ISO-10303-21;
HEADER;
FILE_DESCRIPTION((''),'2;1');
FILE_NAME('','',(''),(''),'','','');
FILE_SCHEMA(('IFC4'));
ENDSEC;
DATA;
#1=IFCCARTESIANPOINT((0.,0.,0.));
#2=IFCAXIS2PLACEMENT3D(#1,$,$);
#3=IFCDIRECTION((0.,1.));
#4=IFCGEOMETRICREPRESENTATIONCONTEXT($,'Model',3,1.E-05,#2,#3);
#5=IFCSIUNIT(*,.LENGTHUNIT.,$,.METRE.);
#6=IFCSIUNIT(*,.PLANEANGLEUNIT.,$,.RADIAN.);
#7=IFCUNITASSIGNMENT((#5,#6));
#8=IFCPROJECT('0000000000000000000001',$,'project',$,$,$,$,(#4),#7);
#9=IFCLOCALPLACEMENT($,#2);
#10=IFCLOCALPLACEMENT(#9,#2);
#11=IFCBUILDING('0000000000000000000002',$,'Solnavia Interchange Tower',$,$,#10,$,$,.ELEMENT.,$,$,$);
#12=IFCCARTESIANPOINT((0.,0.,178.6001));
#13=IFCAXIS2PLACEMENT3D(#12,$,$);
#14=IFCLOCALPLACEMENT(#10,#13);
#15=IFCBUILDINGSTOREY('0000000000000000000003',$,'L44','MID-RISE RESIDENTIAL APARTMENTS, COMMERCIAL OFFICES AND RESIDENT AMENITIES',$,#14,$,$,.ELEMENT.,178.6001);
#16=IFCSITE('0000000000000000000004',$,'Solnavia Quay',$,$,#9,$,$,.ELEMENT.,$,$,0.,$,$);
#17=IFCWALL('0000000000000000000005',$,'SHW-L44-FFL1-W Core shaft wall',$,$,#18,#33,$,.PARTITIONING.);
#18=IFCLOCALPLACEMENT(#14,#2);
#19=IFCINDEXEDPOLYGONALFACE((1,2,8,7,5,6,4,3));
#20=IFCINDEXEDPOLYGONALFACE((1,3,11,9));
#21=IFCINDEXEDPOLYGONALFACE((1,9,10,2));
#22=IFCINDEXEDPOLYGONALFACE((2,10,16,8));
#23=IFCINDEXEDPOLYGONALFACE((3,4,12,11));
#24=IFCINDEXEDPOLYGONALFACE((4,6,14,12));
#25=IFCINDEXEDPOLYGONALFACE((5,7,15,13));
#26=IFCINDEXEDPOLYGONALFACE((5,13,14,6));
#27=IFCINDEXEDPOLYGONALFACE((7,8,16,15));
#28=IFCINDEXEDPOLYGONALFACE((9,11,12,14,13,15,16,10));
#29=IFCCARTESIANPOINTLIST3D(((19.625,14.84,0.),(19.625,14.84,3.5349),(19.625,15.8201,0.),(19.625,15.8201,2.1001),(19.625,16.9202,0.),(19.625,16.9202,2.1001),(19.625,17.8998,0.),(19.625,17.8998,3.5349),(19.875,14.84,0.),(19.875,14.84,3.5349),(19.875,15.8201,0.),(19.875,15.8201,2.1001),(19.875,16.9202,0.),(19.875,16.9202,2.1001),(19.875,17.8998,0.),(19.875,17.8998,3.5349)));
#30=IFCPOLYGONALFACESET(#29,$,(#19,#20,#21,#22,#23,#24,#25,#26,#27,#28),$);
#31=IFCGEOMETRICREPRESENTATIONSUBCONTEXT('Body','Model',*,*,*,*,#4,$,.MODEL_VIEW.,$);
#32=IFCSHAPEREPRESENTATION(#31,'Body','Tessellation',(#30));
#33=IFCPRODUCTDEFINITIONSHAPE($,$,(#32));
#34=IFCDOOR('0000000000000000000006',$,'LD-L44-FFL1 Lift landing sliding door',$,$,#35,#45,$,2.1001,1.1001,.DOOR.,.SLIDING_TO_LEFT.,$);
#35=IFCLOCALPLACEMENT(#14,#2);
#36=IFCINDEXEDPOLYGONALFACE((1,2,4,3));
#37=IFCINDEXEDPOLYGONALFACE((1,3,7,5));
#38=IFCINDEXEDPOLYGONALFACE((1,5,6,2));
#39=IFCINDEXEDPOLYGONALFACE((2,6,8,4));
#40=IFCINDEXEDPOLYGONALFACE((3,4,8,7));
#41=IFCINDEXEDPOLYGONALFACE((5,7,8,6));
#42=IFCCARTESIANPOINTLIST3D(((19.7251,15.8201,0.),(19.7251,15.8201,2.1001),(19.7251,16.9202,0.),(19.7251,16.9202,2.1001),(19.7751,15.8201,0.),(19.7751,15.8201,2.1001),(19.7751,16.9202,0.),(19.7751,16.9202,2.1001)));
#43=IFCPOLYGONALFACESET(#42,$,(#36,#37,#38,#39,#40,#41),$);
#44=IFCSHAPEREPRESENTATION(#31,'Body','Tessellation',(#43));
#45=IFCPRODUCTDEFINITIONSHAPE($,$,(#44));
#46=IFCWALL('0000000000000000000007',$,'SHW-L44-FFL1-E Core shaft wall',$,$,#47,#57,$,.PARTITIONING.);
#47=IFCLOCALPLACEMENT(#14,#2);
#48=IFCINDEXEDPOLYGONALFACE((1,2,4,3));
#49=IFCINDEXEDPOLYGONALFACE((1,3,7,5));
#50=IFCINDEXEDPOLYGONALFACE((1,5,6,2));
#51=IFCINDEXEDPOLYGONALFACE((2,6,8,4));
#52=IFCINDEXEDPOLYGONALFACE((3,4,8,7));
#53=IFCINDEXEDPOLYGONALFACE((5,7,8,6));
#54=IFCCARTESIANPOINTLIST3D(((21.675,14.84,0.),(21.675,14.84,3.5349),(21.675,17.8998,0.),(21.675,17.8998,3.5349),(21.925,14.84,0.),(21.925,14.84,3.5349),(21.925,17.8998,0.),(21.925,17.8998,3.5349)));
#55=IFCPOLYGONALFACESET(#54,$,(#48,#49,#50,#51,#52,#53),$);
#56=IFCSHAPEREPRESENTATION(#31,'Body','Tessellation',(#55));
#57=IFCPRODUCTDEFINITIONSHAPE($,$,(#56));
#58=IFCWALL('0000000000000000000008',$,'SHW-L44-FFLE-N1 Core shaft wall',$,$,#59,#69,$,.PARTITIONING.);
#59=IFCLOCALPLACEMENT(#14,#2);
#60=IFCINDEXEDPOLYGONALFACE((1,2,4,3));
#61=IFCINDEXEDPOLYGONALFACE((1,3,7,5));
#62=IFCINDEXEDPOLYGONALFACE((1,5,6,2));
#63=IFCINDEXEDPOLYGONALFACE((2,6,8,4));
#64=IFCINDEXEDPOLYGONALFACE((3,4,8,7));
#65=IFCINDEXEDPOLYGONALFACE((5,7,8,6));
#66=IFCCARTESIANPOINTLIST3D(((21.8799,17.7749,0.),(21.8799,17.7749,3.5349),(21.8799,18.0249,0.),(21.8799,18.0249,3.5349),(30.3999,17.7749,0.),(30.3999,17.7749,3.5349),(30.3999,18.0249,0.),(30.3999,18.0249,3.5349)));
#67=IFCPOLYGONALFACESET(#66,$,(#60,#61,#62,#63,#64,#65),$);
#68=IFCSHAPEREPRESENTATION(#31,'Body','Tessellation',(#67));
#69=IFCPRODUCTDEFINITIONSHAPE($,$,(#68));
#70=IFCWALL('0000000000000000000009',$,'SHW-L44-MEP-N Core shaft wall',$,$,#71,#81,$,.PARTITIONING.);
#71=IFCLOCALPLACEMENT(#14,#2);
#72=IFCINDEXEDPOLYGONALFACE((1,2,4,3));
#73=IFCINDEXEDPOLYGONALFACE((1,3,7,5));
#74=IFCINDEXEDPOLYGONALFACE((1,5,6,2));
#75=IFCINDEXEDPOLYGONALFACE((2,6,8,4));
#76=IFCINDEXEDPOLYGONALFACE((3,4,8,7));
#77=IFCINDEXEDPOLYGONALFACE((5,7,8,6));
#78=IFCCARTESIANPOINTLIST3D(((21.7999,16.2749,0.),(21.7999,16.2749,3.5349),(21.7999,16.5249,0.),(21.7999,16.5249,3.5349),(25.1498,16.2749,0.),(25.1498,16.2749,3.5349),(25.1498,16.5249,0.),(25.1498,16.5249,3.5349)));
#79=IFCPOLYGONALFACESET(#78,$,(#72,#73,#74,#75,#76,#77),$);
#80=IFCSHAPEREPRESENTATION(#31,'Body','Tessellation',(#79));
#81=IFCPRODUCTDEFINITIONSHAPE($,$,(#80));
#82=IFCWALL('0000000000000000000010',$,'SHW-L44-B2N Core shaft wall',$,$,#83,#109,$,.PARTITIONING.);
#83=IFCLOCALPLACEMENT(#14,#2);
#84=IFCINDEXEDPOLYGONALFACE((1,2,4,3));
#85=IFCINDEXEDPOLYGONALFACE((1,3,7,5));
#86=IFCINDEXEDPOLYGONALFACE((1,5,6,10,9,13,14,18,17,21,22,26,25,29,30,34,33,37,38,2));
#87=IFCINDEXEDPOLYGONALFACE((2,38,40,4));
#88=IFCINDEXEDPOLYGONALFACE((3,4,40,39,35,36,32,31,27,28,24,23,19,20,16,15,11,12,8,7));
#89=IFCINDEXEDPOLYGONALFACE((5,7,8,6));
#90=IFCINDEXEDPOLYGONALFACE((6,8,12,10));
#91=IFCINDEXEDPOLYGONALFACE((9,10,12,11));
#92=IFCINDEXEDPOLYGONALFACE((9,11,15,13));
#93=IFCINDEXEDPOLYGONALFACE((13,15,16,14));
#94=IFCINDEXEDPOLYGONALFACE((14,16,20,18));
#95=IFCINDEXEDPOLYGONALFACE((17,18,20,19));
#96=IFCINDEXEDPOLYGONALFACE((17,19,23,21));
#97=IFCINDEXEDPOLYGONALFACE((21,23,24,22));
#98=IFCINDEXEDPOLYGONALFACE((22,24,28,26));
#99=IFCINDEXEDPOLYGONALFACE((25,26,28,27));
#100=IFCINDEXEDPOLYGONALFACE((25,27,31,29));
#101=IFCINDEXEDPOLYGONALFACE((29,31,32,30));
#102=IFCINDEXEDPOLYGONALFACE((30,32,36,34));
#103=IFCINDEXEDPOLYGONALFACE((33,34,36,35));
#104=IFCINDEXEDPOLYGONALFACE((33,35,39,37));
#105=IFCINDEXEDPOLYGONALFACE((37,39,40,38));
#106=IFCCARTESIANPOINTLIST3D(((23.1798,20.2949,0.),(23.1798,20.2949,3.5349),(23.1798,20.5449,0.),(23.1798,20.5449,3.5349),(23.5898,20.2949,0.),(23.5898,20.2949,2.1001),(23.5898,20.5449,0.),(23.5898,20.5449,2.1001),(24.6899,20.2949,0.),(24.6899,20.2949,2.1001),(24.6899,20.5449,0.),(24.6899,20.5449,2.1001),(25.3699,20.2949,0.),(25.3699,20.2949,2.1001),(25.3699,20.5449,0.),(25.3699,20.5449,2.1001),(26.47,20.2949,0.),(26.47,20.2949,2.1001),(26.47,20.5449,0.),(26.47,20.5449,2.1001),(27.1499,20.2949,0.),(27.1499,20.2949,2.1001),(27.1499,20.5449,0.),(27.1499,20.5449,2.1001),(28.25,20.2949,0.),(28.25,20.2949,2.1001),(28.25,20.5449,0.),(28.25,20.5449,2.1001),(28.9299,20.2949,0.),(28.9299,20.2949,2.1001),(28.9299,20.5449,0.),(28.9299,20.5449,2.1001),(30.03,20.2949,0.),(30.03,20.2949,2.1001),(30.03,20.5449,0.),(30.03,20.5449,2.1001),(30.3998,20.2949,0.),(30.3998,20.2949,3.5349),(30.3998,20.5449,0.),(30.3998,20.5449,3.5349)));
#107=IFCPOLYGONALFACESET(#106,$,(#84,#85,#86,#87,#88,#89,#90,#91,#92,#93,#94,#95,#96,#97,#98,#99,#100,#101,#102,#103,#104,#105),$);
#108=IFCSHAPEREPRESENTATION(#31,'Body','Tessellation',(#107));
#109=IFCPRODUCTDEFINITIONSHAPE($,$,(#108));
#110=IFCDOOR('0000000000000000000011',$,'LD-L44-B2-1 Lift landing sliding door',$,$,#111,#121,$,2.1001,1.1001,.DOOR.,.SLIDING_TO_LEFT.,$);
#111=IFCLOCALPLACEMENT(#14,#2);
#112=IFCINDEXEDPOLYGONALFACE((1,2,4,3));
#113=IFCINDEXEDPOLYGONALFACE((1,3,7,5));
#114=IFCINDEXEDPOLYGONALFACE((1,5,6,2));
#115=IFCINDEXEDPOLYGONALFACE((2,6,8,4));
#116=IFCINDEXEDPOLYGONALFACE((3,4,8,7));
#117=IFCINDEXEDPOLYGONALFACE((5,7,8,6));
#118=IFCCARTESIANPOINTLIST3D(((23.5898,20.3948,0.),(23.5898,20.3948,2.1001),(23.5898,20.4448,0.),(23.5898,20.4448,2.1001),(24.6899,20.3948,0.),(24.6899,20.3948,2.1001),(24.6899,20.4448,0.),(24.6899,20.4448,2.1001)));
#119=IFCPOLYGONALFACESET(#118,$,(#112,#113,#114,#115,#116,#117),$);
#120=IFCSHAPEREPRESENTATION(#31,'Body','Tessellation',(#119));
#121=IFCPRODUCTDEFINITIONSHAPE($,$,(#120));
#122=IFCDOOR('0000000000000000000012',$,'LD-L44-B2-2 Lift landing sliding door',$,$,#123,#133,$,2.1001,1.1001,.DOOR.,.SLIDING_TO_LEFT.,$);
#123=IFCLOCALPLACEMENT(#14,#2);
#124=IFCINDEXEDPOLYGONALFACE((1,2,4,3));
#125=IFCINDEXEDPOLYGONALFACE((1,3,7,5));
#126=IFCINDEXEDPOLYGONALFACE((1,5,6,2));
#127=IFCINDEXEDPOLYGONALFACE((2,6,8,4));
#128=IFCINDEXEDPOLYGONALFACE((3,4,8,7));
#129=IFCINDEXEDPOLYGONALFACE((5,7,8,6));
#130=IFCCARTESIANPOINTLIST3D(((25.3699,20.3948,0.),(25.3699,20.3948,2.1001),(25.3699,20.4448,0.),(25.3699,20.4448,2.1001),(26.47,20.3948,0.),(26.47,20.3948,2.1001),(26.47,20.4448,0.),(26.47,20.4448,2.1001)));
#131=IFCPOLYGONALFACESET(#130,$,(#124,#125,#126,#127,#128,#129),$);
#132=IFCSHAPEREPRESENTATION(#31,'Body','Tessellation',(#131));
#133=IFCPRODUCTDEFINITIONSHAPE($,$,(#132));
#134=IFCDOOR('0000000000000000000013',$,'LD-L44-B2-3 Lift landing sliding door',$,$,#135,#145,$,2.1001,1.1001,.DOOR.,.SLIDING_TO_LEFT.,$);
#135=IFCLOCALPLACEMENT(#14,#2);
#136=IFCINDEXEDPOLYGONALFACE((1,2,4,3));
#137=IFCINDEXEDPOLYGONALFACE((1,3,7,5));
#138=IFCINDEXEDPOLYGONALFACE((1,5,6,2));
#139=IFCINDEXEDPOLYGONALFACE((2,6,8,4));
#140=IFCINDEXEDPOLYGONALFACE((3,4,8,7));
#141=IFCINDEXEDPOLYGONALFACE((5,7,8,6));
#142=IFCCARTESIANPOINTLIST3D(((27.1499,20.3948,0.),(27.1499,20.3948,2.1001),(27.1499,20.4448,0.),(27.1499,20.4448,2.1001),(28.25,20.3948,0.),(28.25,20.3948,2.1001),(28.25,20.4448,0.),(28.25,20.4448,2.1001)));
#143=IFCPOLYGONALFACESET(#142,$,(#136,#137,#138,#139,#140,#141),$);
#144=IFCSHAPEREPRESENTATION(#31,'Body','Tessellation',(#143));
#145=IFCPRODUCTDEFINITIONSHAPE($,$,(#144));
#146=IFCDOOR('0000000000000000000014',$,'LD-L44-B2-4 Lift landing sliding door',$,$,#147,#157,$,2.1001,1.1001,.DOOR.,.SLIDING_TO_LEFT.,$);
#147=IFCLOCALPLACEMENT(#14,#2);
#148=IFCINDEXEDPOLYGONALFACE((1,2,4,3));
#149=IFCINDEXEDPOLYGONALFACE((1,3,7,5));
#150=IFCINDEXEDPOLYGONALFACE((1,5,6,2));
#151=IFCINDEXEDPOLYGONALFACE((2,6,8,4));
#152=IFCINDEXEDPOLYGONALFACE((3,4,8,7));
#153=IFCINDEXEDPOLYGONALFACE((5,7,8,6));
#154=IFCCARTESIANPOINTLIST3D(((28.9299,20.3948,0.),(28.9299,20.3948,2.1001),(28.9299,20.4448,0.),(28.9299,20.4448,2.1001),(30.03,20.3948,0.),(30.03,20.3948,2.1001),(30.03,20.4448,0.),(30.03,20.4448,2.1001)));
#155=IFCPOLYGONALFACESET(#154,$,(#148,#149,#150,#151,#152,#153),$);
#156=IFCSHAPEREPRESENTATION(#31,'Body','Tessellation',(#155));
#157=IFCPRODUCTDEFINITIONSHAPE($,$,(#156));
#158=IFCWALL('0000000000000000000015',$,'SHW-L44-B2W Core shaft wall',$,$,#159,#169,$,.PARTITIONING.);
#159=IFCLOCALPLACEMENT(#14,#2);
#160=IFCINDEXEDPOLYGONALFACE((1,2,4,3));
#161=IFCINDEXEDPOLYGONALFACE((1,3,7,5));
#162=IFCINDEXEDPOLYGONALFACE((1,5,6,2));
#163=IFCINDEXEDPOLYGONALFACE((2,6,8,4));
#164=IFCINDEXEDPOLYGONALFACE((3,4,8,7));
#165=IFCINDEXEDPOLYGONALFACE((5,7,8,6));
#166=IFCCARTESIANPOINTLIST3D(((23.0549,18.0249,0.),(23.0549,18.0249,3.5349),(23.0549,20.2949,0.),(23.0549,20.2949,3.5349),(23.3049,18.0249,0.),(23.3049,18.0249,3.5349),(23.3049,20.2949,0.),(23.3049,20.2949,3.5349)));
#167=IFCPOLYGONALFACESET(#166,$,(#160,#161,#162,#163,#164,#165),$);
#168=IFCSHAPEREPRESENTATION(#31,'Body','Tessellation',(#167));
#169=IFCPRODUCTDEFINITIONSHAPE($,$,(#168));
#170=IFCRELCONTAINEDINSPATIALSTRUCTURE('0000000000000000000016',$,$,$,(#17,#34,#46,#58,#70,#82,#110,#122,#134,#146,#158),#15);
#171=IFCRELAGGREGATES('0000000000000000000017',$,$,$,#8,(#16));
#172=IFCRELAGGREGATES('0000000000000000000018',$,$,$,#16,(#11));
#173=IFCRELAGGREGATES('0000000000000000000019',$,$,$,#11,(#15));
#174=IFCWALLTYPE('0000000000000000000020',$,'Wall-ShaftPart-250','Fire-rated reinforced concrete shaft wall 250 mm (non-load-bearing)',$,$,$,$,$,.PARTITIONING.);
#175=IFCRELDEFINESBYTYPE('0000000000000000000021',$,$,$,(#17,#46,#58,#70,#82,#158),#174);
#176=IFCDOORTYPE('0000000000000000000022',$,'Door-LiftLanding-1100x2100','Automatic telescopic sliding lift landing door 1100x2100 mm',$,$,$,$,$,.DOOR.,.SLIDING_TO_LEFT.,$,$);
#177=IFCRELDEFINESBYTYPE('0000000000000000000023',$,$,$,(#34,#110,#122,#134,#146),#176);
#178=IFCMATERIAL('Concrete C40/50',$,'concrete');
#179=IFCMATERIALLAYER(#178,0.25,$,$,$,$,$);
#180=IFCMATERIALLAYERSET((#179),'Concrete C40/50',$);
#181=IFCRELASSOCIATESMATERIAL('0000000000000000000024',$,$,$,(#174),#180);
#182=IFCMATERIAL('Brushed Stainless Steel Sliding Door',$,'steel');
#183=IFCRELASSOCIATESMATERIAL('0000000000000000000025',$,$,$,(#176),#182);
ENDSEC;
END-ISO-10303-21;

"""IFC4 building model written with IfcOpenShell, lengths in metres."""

from ifc_helpers import new_model, si_unit, direction, frame, frame_2d, origin, place, context, subcontext, project, spatial, rectangle, extrude, material, layer, layer_set, type_object, element, fill, save


model = new_model("IFC4")

# Units and contexts
model_context = context("Model", 3, precision=1e-05, world=origin(), true_north=direction((0.0, 1.0)))
body_context = subcontext(model_context, "Body", "Model", "MODEL_VIEW")
ifc_project = project(units=[si_unit("LENGTHUNIT", "METRE"), si_unit("PLANEANGLEUNIT", "RADIAN")], contexts=[model_context])

# Site, building, storey
site_placement = place(None, origin())
site = spatial("IfcSite", under=ifc_project, at=site_placement, Name="Solnavia Quay", CompositionType="ELEMENT", RefElevation=0.0)
building_placement = place(site_placement, origin())
building = spatial("IfcBuilding", under=site, at=building_placement, Name="Solnavia Interchange Tower", CompositionType="ELEMENT")
storey_placement = place(building_placement, frame((0.0, 0.0, 178.6001)))
storey = spatial("IfcBuildingStorey", under=building, at=storey_placement, Name="L44", Description="MID-RISE RESIDENTIAL APARTMENTS, COMMERCIAL OFFICES AND RESIDENT AMENITIES", CompositionType="ELEMENT", Elevation=178.6001)

# Shared definitions
ifc_material_1 = material(Name="Concrete C40/50", Category="concrete")

# Shared definitions
ifc_layer_1 = layer(ifc_material_1, 0.25)
ifc_layer_set_1 = layer_set([ifc_layer_1], Name="Concrete C40/50")
wall_type_1 = type_object("IfcWallType", Name="Wall-ShaftPart-250", Description="Fire-rated reinforced concrete shaft wall 250 mm (non-load-bearing)", PredefinedType="PARTITIONING", material=ifc_layer_set_1)

# Wall, opening, door
wall_1_placement = place(storey_placement, frame((19.75, 14.8401, 0.0), z_axis=(0.0, 0.0, 1.0), x_axis=(0.0, 1.0, 0.0)))
wall_1 = element("IfcWall", 1, at=wall_1_placement, inside=storey, type_object=wall_type_1, Name="SHW-L44-FFL1-W Core shaft wall", PredefinedType="PARTITIONING", context=body_context, shape_type="SweptSolid", body=[
    extrude(rectangle(XDim=3.0598, YDim=0.25, at=frame_2d((1.5298, 0.0))), origin(), (0.0, 0.0, 1.0), 3.5349),
])
opening_1_placement = place(wall_1_placement, frame((0.98, 0.0, 0.0)))
opening_1 = element("IfcOpeningElement", 2, at=opening_1_placement, cuts=wall_1, PredefinedType="OPENING", context=body_context, shape_type="SweptSolid", body=[
    extrude(rectangle(XDim=1.1001, YDim=2.1001, at=frame_2d((0.55, 1.05))), frame((0.0, 0.135, 0.0), z_axis=(0.0, -1.0, 0.0), x_axis=(1.0, 0.0, 0.0)), (0.0, 0.0, 1.0), 0.27),
])
ifc_material_2 = material(Name="Brushed Stainless Steel Sliding Door", Category="steel")
door_type_1 = type_object("IfcDoorType", Name="Door-LiftLanding-1100x2100", Description="Automatic telescopic sliding lift landing door 1100x2100 mm", OperationType="SLIDING_TO_LEFT", PredefinedType="DOOR", material=ifc_material_2)
door_1_placement = place(opening_1_placement, origin())
door_1 = element("IfcDoor", 3, at=door_1_placement, inside=storey, type_object=door_type_1, Name="LD-L44-FFL1 Lift landing sliding door", OperationType="SLIDING_TO_LEFT", OverallHeight=2.1001, OverallWidth=1.1001, PredefinedType="DOOR", context=body_context, shape_type="SweptSolid", body=[
    extrude(rectangle(XDim=1.1001, YDim=2.1001, at=frame_2d((0.55, 1.05))), frame((0.0, 0.0249, 0.0), z_axis=(0.0, -1.0, 0.0), x_axis=(1.0, 0.0, 0.0)), (0.0, 0.0, 1.0), 0.05),
])
fill(opening_1, door_1)

# Walls
wall_2_placement = place(storey_placement, frame((21.8, 14.8401, 0.0), z_axis=(0.0, 0.0, 1.0), x_axis=(0.0, 1.0, 0.0)))
element("IfcWall", 4, at=wall_2_placement, inside=storey, type_object=wall_type_1, Name="SHW-L44-FFL1-E Core shaft wall", PredefinedType="PARTITIONING", context=body_context, shape_type="SweptSolid", body=[
    extrude(rectangle(XDim=3.0598, YDim=0.25, at=frame_2d((1.5298, 0.0))), origin(), (0.0, 0.0, 1.0), 3.5349),
])
wall_3_placement = place(storey_placement, frame((21.8799, 17.8999, 0.0), z_axis=(0.0, 0.0, 1.0), x_axis=(1.0, 0.0, 0.0)))
element("IfcWall", 5, at=wall_3_placement, inside=storey, type_object=wall_type_1, Name="SHW-L44-FFLE-N1 Core shaft wall", PredefinedType="PARTITIONING", context=body_context, shape_type="SweptSolid", body=[
    extrude(rectangle(XDim=8.52, YDim=0.25, at=frame_2d((4.26, 0.0))), origin(), (0.0, 0.0, 1.0), 3.5349),
])
wall_4_placement = place(storey_placement, frame((21.8, 16.3999, 0.0), z_axis=(0.0, 0.0, 1.0), x_axis=(1.0, 0.0, 0.0)))
element("IfcWall", 6, at=wall_4_placement, inside=storey, type_object=wall_type_1, Name="SHW-L44-MEP-N Core shaft wall", PredefinedType="PARTITIONING", context=body_context, shape_type="SweptSolid", body=[
    extrude(rectangle(XDim=3.3499, YDim=0.25, at=frame_2d((1.6748, 0.0))), origin(), (0.0, 0.0, 1.0), 3.5349),
])

# Wall, openings, doors
wall_5_placement = place(storey_placement, frame((23.1799, 20.4199, 0.0), z_axis=(0.0, 0.0, 1.0), x_axis=(1.0, 0.0, 0.0)))
wall_5 = element("IfcWall", 7, at=wall_5_placement, inside=storey, type_object=wall_type_1, Name="SHW-L44-B2N Core shaft wall", PredefinedType="PARTITIONING", context=body_context, shape_type="SweptSolid", body=[
    extrude(rectangle(XDim=7.22, YDim=0.25, at=frame_2d((3.6099, 0.0))), origin(), (0.0, 0.0, 1.0), 3.5349),
])
opening_2_placement = place(wall_5_placement, frame((0.4099, 0.0, 0.0)))
opening_2 = element("IfcOpeningElement", 8, at=opening_2_placement, cuts=wall_5, PredefinedType="OPENING", context=body_context, shape_type="SweptSolid", body=[
    extrude(rectangle(XDim=1.1001, YDim=2.1001, at=frame_2d((0.55, 1.05))), frame((0.0, 0.135, 0.0), z_axis=(0.0, -1.0, 0.0), x_axis=(1.0, 0.0, 0.0)), (0.0, 0.0, 1.0), 0.27),
])
opening_3_placement = place(wall_5_placement, frame((2.1899, 0.0, 0.0)))
opening_3 = element("IfcOpeningElement", 9, at=opening_3_placement, cuts=wall_5, PredefinedType="OPENING", context=body_context, shape_type="SweptSolid", body=[
    extrude(rectangle(XDim=1.1001, YDim=2.1001, at=frame_2d((0.55, 1.05))), frame((0.0, 0.135, 0.0), z_axis=(0.0, -1.0, 0.0), x_axis=(1.0, 0.0, 0.0)), (0.0, 0.0, 1.0), 0.27),
])
opening_4_placement = place(wall_5_placement, frame((3.97, 0.0, 0.0)))
opening_4 = element("IfcOpeningElement", 10, at=opening_4_placement, cuts=wall_5, PredefinedType="OPENING", context=body_context, shape_type="SweptSolid", body=[
    extrude(rectangle(XDim=1.1001, YDim=2.1001, at=frame_2d((0.55, 1.05))), frame((0.0, 0.135, 0.0), z_axis=(0.0, -1.0, 0.0), x_axis=(1.0, 0.0, 0.0)), (0.0, 0.0, 1.0), 0.27),
])
opening_5_placement = place(wall_5_placement, frame((5.75, 0.0, 0.0)))
opening_5 = element("IfcOpeningElement", 11, at=opening_5_placement, cuts=wall_5, PredefinedType="OPENING", context=body_context, shape_type="SweptSolid", body=[
    extrude(rectangle(XDim=1.1001, YDim=2.1001, at=frame_2d((0.55, 1.05))), frame((0.0, 0.135, 0.0), z_axis=(0.0, -1.0, 0.0), x_axis=(1.0, 0.0, 0.0)), (0.0, 0.0, 1.0), 0.27),
])
door_2_placement = place(opening_2_placement, origin())
door_2 = element("IfcDoor", 12, at=door_2_placement, inside=storey, type_object=door_type_1, Name="LD-L44-B2-1 Lift landing sliding door", OperationType="SLIDING_TO_LEFT", OverallHeight=2.1001, OverallWidth=1.1001, PredefinedType="DOOR", context=body_context, shape_type="SweptSolid", body=[
    extrude(rectangle(XDim=1.1001, YDim=2.1001, at=frame_2d((0.55, 1.05))), frame((0.0, 0.0249, 0.0), z_axis=(0.0, -1.0, 0.0), x_axis=(1.0, 0.0, 0.0)), (0.0, 0.0, 1.0), 0.05),
])
fill(opening_2, door_2)
door_3_placement = place(opening_3_placement, origin())
door_3 = element("IfcDoor", 13, at=door_3_placement, inside=storey, type_object=door_type_1, Name="LD-L44-B2-2 Lift landing sliding door", OperationType="SLIDING_TO_LEFT", OverallHeight=2.1001, OverallWidth=1.1001, PredefinedType="DOOR", context=body_context, shape_type="SweptSolid", body=[
    extrude(rectangle(XDim=1.1001, YDim=2.1001, at=frame_2d((0.55, 1.05))), frame((0.0, 0.0249, 0.0), z_axis=(0.0, -1.0, 0.0), x_axis=(1.0, 0.0, 0.0)), (0.0, 0.0, 1.0), 0.05),
])
fill(opening_3, door_3)
door_4_placement = place(opening_4_placement, origin())
door_4 = element("IfcDoor", 14, at=door_4_placement, inside=storey, type_object=door_type_1, Name="LD-L44-B2-3 Lift landing sliding door", OperationType="SLIDING_TO_LEFT", OverallHeight=2.1001, OverallWidth=1.1001, PredefinedType="DOOR", context=body_context, shape_type="SweptSolid", body=[
    extrude(rectangle(XDim=1.1001, YDim=2.1001, at=frame_2d((0.55, 1.05))), frame((0.0, 0.0249, 0.0), z_axis=(0.0, -1.0, 0.0), x_axis=(1.0, 0.0, 0.0)), (0.0, 0.0, 1.0), 0.05),
])
fill(opening_4, door_4)
door_5_placement = place(opening_5_placement, origin())
door_5 = element("IfcDoor", 15, at=door_5_placement, inside=storey, type_object=door_type_1, Name="LD-L44-B2-4 Lift landing sliding door", OperationType="SLIDING_TO_LEFT", OverallHeight=2.1001, OverallWidth=1.1001, PredefinedType="DOOR", context=body_context, shape_type="SweptSolid", body=[
    extrude(rectangle(XDim=1.1001, YDim=2.1001, at=frame_2d((0.55, 1.05))), frame((0.0, 0.0249, 0.0), z_axis=(0.0, -1.0, 0.0), x_axis=(1.0, 0.0, 0.0)), (0.0, 0.0, 1.0), 0.05),
])
fill(opening_5, door_5)

# Wall
wall_6_placement = place(storey_placement, frame((23.1799, 18.0249, 0.0), z_axis=(0.0, 0.0, 1.0), x_axis=(0.0, 1.0, 0.0)))
element("IfcWall", 16, at=wall_6_placement, inside=storey, type_object=wall_type_1, Name="SHW-L44-B2W Core shaft wall", PredefinedType="PARTITIONING", context=body_context, shape_type="SweptSolid", body=[
    extrude(rectangle(XDim=2.27, YDim=0.25, at=frame_2d((1.135, 0.0))), origin(), (0.0, 0.0, 1.0), 3.5349),
])

save(model, "model.ifc")
